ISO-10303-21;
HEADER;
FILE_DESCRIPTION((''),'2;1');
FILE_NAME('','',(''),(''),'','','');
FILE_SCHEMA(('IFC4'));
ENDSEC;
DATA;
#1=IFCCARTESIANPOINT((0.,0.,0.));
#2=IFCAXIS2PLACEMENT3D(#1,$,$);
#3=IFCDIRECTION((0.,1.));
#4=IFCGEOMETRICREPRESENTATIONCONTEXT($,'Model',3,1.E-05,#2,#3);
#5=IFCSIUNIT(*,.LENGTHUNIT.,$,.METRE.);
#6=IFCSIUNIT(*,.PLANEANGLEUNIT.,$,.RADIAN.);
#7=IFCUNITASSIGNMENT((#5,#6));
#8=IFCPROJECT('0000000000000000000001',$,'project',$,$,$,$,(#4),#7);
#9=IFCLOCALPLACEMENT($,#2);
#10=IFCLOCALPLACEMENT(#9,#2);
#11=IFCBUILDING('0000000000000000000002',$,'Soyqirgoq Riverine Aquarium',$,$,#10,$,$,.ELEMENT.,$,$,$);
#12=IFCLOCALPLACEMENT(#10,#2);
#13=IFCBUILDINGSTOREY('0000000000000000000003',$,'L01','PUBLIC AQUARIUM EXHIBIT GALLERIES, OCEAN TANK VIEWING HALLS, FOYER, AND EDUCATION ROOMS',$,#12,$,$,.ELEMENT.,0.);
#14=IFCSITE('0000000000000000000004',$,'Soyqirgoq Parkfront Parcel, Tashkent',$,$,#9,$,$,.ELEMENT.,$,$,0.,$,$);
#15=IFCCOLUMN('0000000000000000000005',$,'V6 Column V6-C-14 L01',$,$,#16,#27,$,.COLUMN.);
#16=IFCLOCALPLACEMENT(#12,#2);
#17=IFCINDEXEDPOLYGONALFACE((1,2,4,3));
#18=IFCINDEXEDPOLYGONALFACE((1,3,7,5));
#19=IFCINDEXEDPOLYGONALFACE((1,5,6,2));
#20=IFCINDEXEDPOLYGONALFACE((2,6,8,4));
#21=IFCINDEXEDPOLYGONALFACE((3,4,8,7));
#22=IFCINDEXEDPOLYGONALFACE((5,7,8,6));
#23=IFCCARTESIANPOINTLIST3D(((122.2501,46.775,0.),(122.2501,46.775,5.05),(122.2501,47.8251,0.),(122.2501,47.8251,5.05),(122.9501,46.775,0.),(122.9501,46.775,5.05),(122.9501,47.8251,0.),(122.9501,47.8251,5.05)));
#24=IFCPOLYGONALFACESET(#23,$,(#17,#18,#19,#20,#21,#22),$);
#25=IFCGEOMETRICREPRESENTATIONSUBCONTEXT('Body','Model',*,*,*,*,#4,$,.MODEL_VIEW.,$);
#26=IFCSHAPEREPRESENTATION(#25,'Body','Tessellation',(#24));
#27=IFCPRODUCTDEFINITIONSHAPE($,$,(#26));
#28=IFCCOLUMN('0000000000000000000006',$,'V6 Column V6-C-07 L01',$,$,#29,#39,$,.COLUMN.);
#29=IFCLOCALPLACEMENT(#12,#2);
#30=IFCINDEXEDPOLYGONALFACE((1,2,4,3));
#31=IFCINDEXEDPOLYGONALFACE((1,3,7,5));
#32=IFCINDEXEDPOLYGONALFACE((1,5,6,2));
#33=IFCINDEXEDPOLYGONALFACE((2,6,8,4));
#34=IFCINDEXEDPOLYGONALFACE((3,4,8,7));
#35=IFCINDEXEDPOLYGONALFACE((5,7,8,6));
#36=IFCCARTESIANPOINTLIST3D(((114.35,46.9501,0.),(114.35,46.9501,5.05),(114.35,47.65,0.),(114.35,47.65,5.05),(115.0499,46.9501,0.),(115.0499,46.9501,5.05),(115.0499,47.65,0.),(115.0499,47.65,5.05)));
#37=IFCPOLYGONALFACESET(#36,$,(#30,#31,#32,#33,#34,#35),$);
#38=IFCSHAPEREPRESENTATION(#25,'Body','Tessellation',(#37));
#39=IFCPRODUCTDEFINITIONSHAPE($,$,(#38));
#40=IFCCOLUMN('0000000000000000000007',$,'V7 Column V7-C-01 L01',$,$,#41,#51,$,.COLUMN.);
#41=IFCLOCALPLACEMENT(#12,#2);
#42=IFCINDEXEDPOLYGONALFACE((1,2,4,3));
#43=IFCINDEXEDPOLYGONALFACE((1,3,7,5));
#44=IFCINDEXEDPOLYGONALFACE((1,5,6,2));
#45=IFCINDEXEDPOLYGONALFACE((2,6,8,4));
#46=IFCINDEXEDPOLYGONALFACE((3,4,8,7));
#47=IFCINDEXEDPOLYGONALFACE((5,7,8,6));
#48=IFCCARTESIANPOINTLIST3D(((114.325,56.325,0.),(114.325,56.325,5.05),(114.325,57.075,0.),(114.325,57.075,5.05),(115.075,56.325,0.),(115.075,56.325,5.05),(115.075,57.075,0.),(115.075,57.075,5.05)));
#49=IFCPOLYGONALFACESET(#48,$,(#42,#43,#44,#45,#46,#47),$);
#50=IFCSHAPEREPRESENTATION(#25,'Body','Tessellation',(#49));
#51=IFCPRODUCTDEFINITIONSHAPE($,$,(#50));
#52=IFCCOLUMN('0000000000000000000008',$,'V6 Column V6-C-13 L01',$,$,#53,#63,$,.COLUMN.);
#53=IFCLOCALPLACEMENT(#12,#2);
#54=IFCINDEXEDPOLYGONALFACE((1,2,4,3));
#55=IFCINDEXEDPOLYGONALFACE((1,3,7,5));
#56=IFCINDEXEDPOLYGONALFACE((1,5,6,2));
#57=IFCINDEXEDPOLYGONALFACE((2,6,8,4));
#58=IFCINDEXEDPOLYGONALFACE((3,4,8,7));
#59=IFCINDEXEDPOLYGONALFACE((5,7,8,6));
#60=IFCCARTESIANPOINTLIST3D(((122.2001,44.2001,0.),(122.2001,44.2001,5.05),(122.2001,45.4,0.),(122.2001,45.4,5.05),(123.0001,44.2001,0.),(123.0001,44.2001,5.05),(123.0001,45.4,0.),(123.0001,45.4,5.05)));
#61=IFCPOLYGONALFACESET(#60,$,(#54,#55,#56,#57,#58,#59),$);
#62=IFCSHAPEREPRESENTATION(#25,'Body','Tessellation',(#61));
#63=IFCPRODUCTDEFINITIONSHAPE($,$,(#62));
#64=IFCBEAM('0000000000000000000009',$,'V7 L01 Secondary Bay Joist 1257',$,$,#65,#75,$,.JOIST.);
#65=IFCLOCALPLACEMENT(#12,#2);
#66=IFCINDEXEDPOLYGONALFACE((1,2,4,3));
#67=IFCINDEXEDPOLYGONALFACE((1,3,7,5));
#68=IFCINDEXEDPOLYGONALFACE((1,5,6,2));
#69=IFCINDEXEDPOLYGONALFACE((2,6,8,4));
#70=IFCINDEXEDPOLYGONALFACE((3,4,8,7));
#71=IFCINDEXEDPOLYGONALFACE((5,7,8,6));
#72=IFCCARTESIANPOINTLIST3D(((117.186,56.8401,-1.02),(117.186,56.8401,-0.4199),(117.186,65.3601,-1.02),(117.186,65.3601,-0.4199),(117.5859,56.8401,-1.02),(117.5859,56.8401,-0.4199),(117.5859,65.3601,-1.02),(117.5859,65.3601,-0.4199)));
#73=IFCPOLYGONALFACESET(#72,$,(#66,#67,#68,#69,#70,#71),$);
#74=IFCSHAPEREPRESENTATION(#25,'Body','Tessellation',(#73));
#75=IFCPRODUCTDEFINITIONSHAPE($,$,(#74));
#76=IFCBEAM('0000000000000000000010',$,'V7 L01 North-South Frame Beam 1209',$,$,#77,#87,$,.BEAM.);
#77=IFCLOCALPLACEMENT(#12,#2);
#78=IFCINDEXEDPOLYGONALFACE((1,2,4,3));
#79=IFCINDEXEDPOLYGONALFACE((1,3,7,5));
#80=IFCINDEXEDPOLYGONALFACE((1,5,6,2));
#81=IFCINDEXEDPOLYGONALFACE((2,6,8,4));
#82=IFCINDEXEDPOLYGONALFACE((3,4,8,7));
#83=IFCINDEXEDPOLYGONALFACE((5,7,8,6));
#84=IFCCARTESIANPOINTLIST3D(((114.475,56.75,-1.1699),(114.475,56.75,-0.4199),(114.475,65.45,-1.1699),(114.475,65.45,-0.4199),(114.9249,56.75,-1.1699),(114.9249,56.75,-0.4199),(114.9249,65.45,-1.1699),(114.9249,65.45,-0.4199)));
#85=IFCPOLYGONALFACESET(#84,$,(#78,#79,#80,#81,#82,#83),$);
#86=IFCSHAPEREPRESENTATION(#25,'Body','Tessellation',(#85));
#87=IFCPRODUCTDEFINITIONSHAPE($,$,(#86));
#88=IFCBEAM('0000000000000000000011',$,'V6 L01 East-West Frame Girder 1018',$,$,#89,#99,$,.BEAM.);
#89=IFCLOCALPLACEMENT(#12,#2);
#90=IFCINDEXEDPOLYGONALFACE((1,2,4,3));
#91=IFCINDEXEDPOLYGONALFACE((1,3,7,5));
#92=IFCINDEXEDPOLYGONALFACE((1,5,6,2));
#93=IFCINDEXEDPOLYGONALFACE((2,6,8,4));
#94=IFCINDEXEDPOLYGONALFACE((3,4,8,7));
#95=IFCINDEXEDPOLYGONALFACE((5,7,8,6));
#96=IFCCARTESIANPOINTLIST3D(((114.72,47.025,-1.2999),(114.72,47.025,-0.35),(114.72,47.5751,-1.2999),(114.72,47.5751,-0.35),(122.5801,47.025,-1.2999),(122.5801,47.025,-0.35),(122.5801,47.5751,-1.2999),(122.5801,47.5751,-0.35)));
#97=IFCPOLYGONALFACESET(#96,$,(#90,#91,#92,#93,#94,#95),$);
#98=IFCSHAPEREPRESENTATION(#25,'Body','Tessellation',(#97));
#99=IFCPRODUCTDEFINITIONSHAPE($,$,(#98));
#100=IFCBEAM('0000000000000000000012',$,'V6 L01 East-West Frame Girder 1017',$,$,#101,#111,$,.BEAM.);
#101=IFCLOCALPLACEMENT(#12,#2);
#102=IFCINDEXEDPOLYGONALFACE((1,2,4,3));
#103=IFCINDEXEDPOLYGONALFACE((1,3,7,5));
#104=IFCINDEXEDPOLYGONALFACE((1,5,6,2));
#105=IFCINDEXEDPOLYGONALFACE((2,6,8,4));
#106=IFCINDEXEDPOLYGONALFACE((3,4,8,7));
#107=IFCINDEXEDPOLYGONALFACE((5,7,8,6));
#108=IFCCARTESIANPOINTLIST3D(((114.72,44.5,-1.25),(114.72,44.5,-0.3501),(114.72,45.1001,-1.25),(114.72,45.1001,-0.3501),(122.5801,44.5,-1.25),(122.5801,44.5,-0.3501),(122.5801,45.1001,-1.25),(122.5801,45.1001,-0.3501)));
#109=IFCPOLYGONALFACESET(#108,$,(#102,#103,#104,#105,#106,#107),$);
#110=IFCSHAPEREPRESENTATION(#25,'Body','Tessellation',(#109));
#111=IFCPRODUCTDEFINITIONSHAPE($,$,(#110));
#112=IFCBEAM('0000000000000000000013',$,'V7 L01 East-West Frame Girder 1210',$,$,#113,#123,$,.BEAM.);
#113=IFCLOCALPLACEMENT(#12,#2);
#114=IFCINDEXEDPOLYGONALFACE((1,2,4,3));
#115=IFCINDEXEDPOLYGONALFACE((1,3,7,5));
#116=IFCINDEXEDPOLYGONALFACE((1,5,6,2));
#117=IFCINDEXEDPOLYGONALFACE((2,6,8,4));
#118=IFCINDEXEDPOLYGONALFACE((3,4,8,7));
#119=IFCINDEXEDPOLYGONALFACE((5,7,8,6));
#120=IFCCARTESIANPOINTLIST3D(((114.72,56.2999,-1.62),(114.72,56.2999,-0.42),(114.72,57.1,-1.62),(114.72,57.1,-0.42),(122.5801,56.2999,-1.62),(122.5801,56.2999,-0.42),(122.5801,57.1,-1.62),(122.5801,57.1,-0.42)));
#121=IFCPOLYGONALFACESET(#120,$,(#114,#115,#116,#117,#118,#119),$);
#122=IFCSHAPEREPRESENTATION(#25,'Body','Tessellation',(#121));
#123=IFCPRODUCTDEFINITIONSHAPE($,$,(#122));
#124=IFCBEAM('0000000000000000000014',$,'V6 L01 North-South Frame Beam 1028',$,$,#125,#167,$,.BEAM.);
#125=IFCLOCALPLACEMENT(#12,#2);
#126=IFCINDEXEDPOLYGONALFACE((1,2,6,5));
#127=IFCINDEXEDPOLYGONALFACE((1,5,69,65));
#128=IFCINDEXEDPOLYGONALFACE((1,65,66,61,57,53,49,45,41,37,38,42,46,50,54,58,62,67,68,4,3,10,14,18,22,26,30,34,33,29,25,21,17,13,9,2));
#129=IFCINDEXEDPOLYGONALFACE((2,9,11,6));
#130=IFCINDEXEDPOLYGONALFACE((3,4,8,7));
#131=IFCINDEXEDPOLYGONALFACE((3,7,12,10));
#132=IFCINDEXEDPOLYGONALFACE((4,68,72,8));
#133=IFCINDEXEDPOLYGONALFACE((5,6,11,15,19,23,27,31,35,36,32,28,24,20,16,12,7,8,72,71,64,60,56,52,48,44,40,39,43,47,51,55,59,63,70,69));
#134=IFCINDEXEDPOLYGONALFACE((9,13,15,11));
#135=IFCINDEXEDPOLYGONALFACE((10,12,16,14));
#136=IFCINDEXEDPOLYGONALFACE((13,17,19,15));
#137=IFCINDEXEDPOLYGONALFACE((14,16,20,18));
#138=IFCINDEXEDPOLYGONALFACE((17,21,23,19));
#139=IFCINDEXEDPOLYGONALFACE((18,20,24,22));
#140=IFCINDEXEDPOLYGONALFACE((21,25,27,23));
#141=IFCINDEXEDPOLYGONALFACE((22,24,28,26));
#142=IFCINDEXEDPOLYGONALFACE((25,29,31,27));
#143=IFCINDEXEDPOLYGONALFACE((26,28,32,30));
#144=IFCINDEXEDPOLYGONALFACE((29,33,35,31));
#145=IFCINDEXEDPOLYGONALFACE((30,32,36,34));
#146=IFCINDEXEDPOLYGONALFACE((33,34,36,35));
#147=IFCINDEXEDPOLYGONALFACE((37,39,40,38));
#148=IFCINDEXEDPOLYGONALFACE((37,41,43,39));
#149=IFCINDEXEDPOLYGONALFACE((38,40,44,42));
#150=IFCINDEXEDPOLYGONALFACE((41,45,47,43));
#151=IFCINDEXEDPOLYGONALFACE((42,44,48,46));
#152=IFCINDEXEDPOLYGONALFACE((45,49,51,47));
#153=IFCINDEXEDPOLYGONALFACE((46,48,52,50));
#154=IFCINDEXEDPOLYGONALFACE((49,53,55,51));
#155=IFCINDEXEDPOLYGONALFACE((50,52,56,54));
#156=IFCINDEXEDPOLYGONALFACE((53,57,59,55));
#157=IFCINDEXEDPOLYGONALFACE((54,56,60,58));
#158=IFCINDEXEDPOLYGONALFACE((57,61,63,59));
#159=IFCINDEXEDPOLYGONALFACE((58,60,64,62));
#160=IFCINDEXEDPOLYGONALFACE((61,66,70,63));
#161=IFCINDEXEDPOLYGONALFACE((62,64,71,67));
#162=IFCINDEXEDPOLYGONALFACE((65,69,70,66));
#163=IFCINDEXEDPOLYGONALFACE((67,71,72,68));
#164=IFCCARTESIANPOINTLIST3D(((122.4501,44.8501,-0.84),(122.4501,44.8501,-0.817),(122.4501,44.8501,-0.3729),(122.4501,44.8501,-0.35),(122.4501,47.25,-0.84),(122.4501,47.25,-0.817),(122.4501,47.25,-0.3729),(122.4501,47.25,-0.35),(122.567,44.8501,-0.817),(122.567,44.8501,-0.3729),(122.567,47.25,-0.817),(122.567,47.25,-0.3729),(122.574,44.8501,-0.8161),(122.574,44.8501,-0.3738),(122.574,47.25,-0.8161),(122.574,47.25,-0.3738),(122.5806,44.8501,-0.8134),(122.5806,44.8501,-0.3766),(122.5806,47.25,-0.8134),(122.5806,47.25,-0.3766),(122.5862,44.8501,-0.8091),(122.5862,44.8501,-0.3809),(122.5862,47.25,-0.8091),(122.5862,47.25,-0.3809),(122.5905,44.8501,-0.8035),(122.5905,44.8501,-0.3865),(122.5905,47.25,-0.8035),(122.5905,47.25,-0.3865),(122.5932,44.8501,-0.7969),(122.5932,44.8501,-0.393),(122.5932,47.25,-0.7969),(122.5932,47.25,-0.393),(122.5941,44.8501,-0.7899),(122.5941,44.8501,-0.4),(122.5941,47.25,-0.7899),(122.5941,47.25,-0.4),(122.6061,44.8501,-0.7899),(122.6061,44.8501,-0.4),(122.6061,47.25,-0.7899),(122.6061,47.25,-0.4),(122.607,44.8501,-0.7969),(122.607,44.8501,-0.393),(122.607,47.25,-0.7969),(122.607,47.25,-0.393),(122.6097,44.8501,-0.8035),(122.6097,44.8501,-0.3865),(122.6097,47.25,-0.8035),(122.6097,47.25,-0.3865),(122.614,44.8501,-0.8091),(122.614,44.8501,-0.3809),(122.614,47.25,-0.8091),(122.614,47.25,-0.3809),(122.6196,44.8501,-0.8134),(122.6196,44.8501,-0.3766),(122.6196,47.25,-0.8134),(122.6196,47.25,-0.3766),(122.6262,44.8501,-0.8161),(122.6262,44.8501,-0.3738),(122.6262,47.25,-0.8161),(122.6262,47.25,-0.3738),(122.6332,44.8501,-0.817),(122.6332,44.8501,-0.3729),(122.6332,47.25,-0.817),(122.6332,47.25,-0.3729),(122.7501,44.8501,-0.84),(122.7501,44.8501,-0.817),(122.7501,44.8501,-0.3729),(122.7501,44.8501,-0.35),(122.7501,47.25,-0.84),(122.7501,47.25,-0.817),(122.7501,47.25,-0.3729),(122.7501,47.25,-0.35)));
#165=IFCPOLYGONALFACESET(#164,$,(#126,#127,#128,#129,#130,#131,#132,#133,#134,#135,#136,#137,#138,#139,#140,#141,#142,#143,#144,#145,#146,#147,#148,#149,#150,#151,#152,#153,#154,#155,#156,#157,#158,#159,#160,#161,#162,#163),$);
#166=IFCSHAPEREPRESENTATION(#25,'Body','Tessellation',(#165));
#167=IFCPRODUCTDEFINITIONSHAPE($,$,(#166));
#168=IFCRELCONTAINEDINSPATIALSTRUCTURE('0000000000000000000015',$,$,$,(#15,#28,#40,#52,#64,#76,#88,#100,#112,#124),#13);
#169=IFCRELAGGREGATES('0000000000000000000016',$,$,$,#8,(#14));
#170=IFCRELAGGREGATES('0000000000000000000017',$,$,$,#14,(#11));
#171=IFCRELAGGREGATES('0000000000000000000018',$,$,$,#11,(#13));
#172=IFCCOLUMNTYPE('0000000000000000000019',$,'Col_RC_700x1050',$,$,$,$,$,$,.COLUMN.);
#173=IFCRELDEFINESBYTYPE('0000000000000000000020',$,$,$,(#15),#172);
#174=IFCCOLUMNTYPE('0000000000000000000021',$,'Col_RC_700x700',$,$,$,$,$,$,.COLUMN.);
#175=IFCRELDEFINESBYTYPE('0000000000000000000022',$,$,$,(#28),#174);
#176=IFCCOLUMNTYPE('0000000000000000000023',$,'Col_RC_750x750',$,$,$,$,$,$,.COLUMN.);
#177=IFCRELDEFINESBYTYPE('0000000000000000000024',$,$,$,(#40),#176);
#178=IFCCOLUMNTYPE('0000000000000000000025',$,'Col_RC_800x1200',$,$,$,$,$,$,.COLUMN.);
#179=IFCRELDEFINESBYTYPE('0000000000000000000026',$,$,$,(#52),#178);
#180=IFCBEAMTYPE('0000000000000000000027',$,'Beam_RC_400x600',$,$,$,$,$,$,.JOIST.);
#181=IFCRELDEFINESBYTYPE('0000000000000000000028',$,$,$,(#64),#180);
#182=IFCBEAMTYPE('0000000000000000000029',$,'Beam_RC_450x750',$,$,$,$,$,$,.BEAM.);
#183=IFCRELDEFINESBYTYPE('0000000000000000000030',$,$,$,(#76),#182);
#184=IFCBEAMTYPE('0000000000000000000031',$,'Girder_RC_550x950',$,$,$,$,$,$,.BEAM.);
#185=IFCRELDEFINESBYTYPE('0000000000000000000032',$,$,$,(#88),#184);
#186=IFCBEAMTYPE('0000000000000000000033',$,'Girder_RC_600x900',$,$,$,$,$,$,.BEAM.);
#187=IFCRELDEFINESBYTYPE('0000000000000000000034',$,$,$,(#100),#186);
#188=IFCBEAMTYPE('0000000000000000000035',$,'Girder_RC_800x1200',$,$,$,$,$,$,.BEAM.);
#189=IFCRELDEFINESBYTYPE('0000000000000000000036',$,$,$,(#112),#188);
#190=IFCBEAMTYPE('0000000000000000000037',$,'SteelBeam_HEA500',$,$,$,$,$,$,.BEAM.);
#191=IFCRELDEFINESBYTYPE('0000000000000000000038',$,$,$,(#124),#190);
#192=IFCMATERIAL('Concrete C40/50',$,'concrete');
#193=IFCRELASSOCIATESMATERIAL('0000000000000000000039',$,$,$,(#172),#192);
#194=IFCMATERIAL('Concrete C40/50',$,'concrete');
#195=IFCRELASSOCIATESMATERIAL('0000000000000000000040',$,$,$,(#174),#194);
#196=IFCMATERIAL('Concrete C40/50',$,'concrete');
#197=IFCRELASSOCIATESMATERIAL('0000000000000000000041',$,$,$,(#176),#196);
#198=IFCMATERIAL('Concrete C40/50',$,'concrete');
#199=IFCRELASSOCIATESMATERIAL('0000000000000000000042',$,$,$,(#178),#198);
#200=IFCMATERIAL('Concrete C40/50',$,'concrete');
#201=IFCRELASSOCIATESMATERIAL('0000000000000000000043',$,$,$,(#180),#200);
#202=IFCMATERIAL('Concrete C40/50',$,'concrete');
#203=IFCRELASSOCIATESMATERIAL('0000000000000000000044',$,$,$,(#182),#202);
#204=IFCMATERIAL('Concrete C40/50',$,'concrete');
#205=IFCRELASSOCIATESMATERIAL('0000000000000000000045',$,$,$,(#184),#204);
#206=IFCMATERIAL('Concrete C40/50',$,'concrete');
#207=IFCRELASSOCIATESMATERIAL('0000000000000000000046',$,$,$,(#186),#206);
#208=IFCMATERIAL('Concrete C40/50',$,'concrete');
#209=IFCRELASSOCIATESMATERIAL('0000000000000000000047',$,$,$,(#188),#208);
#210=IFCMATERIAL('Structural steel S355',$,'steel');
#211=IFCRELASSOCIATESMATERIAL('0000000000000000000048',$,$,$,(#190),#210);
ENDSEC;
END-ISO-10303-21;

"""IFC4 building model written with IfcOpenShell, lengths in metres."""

from ifc_helpers import new_model, si_unit, direction, frame, origin, origin_2d, place, context, subcontext, project, spatial, rectangle, i_section, extrude, material, material_profile, profile_set, type_object, element, save


model = new_model("IFC4")

# Units and contexts
model_context = context("Model", 3, precision=1e-05, world=origin(), true_north=direction((0.0, 1.0)))
body_context = subcontext(model_context, "Body", "Model", "MODEL_VIEW")
ifc_project = project(units=[si_unit("LENGTHUNIT", "METRE"), si_unit("PLANEANGLEUNIT", "RADIAN")], contexts=[model_context])

# Site, building, storey
site_placement = place(None, origin())
site = spatial("IfcSite", under=ifc_project, at=site_placement, Name="Soyqirgoq Parkfront Parcel, Tashkent", CompositionType="ELEMENT", RefElevation=0.0)
building_placement = place(site_placement, origin())
building = spatial("IfcBuilding", under=site, at=building_placement, Name="Soyqirgoq Riverine Aquarium", CompositionType="ELEMENT")
storey_placement = place(building_placement, origin())
storey = spatial("IfcBuildingStorey", under=building, at=storey_placement, Name="L01", Description="PUBLIC AQUARIUM EXHIBIT GALLERIES, OCEAN TANK VIEWING HALLS, FOYER, AND EDUCATION ROOMS", CompositionType="ELEMENT", Elevation=0.0)

# Columns
ifc_material_1 = material(Name="Concrete C40/50", Category="concrete")
ifc_material_profile_1 = material_profile(ifc_material_1, rectangle(XDim=0.7, YDim=1.05, at=origin_2d()), Name="RC-COL 700x1050")
ifc_profile_set_1 = profile_set([ifc_material_profile_1], Name="Concrete C40/50")
column_type_1 = type_object("IfcColumnType", Name="Col_RC_700x1050", PredefinedType="COLUMN", material=ifc_profile_set_1)
column_1_placement = place(storey_placement, frame((122.6001, 47.3, 0.0), z_axis=(0.0, 0.0, 1.0), x_axis=(1.0, 0.0, 0.0)))
element("IfcColumn", 1, at=column_1_placement, inside=storey, type_object=column_type_1, Name="V6 Column V6-C-14 L01", PredefinedType="COLUMN", context=body_context, shape_type="SweptSolid", body=[
    extrude(rectangle(XDim=0.7, YDim=1.05, at=origin_2d()), origin(), (0.0, 0.0, 1.0), 5.05),
])
ifc_material_2 = material(Name="Concrete C40/50", Category="concrete")
ifc_material_profile_2 = material_profile(ifc_material_2, rectangle(XDim=0.7, YDim=0.7, at=origin_2d()), Name="RC 700x700")
ifc_profile_set_2 = profile_set([ifc_material_profile_2], Name="Concrete C40/50")
column_type_2 = type_object("IfcColumnType", Name="Col_RC_700x700", PredefinedType="COLUMN", material=ifc_profile_set_2)
column_2_placement = place(storey_placement, frame((114.7, 47.3, 0.0), z_axis=(0.0, 0.0, 1.0), x_axis=(1.0, 0.0, 0.0)))
element("IfcColumn", 2, at=column_2_placement, inside=storey, type_object=column_type_2, Name="V6 Column V6-C-07 L01", PredefinedType="COLUMN", context=body_context, shape_type="SweptSolid", body=[
    extrude(rectangle(XDim=0.7, YDim=0.7, at=origin_2d()), origin(), (0.0, 0.0, 1.0), 5.05),
])
ifc_material_3 = material(Name="Concrete C40/50", Category="concrete")
ifc_material_profile_3 = material_profile(ifc_material_3, rectangle(XDim=0.75, YDim=0.75, at=origin_2d()), Name="RC 750x750")
ifc_profile_set_3 = profile_set([ifc_material_profile_3], Name="Concrete C40/50")
column_type_3 = type_object("IfcColumnType", Name="Col_RC_750x750", PredefinedType="COLUMN", material=ifc_profile_set_3)
column_3_placement = place(storey_placement, frame((114.7, 56.7, 0.0), z_axis=(0.0, 0.0, 1.0), x_axis=(1.0, 0.0, 0.0)))
element("IfcColumn", 3, at=column_3_placement, inside=storey, type_object=column_type_3, Name="V7 Column V7-C-01 L01", PredefinedType="COLUMN", context=body_context, shape_type="SweptSolid", body=[
    extrude(rectangle(XDim=0.75, YDim=0.75, at=origin_2d()), origin(), (0.0, 0.0, 1.0), 5.05),
])
ifc_material_4 = material(Name="Concrete C40/50", Category="concrete")
ifc_material_profile_4 = material_profile(ifc_material_4, rectangle(XDim=0.8, YDim=1.2, at=origin_2d()), Name="RC-COL 800x1200")
ifc_profile_set_4 = profile_set([ifc_material_profile_4], Name="Concrete C40/50")
column_type_4 = type_object("IfcColumnType", Name="Col_RC_800x1200", PredefinedType="COLUMN", material=ifc_profile_set_4)
column_4_placement = place(storey_placement, frame((122.6001, 44.8, 0.0), z_axis=(0.0, 0.0, 1.0), x_axis=(1.0, 0.0, 0.0)))
element("IfcColumn", 4, at=column_4_placement, inside=storey, type_object=column_type_4, Name="V6 Column V6-C-13 L01", PredefinedType="COLUMN", context=body_context, shape_type="SweptSolid", body=[
    extrude(rectangle(XDim=0.8, YDim=1.2, at=origin_2d()), origin(), (0.0, 0.0, 1.0), 5.05),
])

# Beams
ifc_material_5 = material(Name="Concrete C40/50", Category="concrete")
ifc_material_profile_5 = material_profile(ifc_material_5, rectangle(XDim=0.3999, YDim=0.6001, at=origin_2d()), Name="RC 400x600")
ifc_profile_set_5 = profile_set([ifc_material_profile_5], Name="Concrete C40/50")
beam_type_1 = type_object("IfcBeamType", Name="Beam_RC_400x600", PredefinedType="JOIST", material=ifc_profile_set_5)
beam_1_placement = place(storey_placement, frame((117.386, 56.8401, -0.72), z_axis=(0.0, 1.0, 0.0), x_axis=(-1.0, 0.0, 0.0)))
element("IfcBeam", 5, at=beam_1_placement, inside=storey, type_object=beam_type_1, Name="V7 L01 Secondary Bay Joist 1257", PredefinedType="JOIST", context=body_context, shape_type="SweptSolid", body=[
    extrude(rectangle(XDim=0.3999, YDim=0.6001, at=origin_2d()), origin(), (0.0, 0.0, 1.0), 8.52),
])
ifc_material_6 = material(Name="Concrete C40/50", Category="concrete")
ifc_material_profile_6 = material_profile(ifc_material_6, rectangle(XDim=0.45, YDim=0.75, at=origin_2d()), Name="RC 450x750")
ifc_profile_set_6 = profile_set([ifc_material_profile_6], Name="Concrete C40/50")
beam_type_2 = type_object("IfcBeamType", Name="Beam_RC_450x750", PredefinedType="BEAM", material=ifc_profile_set_6)
beam_2_placement = place(storey_placement, frame((114.7, 56.75, -0.7949), z_axis=(0.0, 1.0, 0.0), x_axis=(-1.0, 0.0, 0.0)))
element("IfcBeam", 6, at=beam_2_placement, inside=storey, type_object=beam_type_2, Name="V7 L01 North-South Frame Beam 1209", PredefinedType="BEAM", context=body_context, shape_type="SweptSolid", body=[
    extrude(rectangle(XDim=0.45, YDim=0.75, at=origin_2d()), origin(), (0.0, 0.0, 1.0), 8.7),
])
ifc_material_7 = material(Name="Concrete C40/50", Category="concrete")
ifc_material_profile_7 = material_profile(ifc_material_7, rectangle(XDim=0.55, YDim=0.95, at=origin_2d()), Name="RC 550x950")
ifc_profile_set_7 = profile_set([ifc_material_profile_7], Name="Concrete C40/50")
beam_type_3 = type_object("IfcBeamType", Name="Girder_RC_550x950", PredefinedType="BEAM", material=ifc_profile_set_7)
beam_3_placement = place(storey_placement, frame((114.72, 47.3, -0.825), z_axis=(1.0, 0.0, 0.0), x_axis=(0.0, 1.0, 0.0)))
element("IfcBeam", 7, at=beam_3_placement, inside=storey, type_object=beam_type_3, Name="V6 L01 East-West Frame Girder 1018", PredefinedType="BEAM", context=body_context, shape_type="SweptSolid", body=[
    extrude(rectangle(XDim=0.55, YDim=0.95, at=origin_2d()), origin(), (0.0, 0.0, 1.0), 7.8601),
])
ifc_material_8 = material(Name="Concrete C40/50", Category="concrete")
ifc_material_profile_8 = material_profile(ifc_material_8, rectangle(XDim=0.6001, YDim=0.8999, at=origin_2d()), Name="RC 600x900")
ifc_profile_set_8 = profile_set([ifc_material_profile_8], Name="Concrete C40/50")
beam_type_4 = type_object("IfcBeamType", Name="Girder_RC_600x900", PredefinedType="BEAM", material=ifc_profile_set_8)
beam_4_placement = place(storey_placement, frame((114.72, 44.8, -0.8), z_axis=(1.0, 0.0, 0.0), x_axis=(0.0, 1.0, 0.0)))
element("IfcBeam", 8, at=beam_4_placement, inside=storey, type_object=beam_type_4, Name="V6 L01 East-West Frame Girder 1017", PredefinedType="BEAM", context=body_context, shape_type="SweptSolid", body=[
    extrude(rectangle(XDim=0.6001, YDim=0.8999, at=origin_2d()), origin(), (0.0, 0.0, 1.0), 7.8601),
])
ifc_material_9 = material(Name="Concrete C40/50", Category="concrete")
ifc_material_profile_9 = material_profile(ifc_material_9, rectangle(XDim=0.8, YDim=1.2, at=origin_2d()), Name="RC 800x1200")
ifc_profile_set_9 = profile_set([ifc_material_profile_9], Name="Concrete C40/50")
beam_type_5 = type_object("IfcBeamType", Name="Girder_RC_800x1200", PredefinedType="BEAM", material=ifc_profile_set_9)
beam_5_placement = place(storey_placement, frame((114.72, 56.7, -1.02), z_axis=(1.0, 0.0, 0.0), x_axis=(0.0, 1.0, 0.0)))
element("IfcBeam", 9, at=beam_5_placement, inside=storey, type_object=beam_type_5, Name="V7 L01 East-West Frame Girder 1210", PredefinedType="BEAM", context=body_context, shape_type="SweptSolid", body=[
    extrude(rectangle(XDim=0.8, YDim=1.2, at=origin_2d()), origin(), (0.0, 0.0, 1.0), 7.8601),
])
ifc_material_10 = material(Name="Structural steel S355", Category="steel")
ifc_material_profile_10 = material_profile(ifc_material_10, i_section(OverallWidth=0.3, OverallDepth=0.49, WebThickness=0.012, FlangeThickness=0.0229, FilletRadius=0.0271, at=origin_2d()), Name="HEA 500")
ifc_profile_set_10 = profile_set([ifc_material_profile_10], Name="Structural steel S355")
beam_type_6 = type_object("IfcBeamType", Name="SteelBeam_HEA500", PredefinedType="BEAM", material=ifc_profile_set_10)
beam_6_placement = place(storey_placement, frame((122.6001, 44.8501, -0.595), z_axis=(0.0, 1.0, 0.0), x_axis=(-1.0, 0.0, 0.0)))
element("IfcBeam", 10, at=beam_6_placement, inside=storey, type_object=beam_type_6, Name="V6 L01 North-South Frame Beam 1028", PredefinedType="BEAM", context=body_context, shape_type="SweptSolid", body=[
    extrude(i_section(OverallWidth=0.3, OverallDepth=0.49, WebThickness=0.012, FlangeThickness=0.0229, FilletRadius=0.0271, at=origin_2d()), origin(), (0.0, 0.0, 1.0), 2.3999),
])

save(model, "model.ifc")
